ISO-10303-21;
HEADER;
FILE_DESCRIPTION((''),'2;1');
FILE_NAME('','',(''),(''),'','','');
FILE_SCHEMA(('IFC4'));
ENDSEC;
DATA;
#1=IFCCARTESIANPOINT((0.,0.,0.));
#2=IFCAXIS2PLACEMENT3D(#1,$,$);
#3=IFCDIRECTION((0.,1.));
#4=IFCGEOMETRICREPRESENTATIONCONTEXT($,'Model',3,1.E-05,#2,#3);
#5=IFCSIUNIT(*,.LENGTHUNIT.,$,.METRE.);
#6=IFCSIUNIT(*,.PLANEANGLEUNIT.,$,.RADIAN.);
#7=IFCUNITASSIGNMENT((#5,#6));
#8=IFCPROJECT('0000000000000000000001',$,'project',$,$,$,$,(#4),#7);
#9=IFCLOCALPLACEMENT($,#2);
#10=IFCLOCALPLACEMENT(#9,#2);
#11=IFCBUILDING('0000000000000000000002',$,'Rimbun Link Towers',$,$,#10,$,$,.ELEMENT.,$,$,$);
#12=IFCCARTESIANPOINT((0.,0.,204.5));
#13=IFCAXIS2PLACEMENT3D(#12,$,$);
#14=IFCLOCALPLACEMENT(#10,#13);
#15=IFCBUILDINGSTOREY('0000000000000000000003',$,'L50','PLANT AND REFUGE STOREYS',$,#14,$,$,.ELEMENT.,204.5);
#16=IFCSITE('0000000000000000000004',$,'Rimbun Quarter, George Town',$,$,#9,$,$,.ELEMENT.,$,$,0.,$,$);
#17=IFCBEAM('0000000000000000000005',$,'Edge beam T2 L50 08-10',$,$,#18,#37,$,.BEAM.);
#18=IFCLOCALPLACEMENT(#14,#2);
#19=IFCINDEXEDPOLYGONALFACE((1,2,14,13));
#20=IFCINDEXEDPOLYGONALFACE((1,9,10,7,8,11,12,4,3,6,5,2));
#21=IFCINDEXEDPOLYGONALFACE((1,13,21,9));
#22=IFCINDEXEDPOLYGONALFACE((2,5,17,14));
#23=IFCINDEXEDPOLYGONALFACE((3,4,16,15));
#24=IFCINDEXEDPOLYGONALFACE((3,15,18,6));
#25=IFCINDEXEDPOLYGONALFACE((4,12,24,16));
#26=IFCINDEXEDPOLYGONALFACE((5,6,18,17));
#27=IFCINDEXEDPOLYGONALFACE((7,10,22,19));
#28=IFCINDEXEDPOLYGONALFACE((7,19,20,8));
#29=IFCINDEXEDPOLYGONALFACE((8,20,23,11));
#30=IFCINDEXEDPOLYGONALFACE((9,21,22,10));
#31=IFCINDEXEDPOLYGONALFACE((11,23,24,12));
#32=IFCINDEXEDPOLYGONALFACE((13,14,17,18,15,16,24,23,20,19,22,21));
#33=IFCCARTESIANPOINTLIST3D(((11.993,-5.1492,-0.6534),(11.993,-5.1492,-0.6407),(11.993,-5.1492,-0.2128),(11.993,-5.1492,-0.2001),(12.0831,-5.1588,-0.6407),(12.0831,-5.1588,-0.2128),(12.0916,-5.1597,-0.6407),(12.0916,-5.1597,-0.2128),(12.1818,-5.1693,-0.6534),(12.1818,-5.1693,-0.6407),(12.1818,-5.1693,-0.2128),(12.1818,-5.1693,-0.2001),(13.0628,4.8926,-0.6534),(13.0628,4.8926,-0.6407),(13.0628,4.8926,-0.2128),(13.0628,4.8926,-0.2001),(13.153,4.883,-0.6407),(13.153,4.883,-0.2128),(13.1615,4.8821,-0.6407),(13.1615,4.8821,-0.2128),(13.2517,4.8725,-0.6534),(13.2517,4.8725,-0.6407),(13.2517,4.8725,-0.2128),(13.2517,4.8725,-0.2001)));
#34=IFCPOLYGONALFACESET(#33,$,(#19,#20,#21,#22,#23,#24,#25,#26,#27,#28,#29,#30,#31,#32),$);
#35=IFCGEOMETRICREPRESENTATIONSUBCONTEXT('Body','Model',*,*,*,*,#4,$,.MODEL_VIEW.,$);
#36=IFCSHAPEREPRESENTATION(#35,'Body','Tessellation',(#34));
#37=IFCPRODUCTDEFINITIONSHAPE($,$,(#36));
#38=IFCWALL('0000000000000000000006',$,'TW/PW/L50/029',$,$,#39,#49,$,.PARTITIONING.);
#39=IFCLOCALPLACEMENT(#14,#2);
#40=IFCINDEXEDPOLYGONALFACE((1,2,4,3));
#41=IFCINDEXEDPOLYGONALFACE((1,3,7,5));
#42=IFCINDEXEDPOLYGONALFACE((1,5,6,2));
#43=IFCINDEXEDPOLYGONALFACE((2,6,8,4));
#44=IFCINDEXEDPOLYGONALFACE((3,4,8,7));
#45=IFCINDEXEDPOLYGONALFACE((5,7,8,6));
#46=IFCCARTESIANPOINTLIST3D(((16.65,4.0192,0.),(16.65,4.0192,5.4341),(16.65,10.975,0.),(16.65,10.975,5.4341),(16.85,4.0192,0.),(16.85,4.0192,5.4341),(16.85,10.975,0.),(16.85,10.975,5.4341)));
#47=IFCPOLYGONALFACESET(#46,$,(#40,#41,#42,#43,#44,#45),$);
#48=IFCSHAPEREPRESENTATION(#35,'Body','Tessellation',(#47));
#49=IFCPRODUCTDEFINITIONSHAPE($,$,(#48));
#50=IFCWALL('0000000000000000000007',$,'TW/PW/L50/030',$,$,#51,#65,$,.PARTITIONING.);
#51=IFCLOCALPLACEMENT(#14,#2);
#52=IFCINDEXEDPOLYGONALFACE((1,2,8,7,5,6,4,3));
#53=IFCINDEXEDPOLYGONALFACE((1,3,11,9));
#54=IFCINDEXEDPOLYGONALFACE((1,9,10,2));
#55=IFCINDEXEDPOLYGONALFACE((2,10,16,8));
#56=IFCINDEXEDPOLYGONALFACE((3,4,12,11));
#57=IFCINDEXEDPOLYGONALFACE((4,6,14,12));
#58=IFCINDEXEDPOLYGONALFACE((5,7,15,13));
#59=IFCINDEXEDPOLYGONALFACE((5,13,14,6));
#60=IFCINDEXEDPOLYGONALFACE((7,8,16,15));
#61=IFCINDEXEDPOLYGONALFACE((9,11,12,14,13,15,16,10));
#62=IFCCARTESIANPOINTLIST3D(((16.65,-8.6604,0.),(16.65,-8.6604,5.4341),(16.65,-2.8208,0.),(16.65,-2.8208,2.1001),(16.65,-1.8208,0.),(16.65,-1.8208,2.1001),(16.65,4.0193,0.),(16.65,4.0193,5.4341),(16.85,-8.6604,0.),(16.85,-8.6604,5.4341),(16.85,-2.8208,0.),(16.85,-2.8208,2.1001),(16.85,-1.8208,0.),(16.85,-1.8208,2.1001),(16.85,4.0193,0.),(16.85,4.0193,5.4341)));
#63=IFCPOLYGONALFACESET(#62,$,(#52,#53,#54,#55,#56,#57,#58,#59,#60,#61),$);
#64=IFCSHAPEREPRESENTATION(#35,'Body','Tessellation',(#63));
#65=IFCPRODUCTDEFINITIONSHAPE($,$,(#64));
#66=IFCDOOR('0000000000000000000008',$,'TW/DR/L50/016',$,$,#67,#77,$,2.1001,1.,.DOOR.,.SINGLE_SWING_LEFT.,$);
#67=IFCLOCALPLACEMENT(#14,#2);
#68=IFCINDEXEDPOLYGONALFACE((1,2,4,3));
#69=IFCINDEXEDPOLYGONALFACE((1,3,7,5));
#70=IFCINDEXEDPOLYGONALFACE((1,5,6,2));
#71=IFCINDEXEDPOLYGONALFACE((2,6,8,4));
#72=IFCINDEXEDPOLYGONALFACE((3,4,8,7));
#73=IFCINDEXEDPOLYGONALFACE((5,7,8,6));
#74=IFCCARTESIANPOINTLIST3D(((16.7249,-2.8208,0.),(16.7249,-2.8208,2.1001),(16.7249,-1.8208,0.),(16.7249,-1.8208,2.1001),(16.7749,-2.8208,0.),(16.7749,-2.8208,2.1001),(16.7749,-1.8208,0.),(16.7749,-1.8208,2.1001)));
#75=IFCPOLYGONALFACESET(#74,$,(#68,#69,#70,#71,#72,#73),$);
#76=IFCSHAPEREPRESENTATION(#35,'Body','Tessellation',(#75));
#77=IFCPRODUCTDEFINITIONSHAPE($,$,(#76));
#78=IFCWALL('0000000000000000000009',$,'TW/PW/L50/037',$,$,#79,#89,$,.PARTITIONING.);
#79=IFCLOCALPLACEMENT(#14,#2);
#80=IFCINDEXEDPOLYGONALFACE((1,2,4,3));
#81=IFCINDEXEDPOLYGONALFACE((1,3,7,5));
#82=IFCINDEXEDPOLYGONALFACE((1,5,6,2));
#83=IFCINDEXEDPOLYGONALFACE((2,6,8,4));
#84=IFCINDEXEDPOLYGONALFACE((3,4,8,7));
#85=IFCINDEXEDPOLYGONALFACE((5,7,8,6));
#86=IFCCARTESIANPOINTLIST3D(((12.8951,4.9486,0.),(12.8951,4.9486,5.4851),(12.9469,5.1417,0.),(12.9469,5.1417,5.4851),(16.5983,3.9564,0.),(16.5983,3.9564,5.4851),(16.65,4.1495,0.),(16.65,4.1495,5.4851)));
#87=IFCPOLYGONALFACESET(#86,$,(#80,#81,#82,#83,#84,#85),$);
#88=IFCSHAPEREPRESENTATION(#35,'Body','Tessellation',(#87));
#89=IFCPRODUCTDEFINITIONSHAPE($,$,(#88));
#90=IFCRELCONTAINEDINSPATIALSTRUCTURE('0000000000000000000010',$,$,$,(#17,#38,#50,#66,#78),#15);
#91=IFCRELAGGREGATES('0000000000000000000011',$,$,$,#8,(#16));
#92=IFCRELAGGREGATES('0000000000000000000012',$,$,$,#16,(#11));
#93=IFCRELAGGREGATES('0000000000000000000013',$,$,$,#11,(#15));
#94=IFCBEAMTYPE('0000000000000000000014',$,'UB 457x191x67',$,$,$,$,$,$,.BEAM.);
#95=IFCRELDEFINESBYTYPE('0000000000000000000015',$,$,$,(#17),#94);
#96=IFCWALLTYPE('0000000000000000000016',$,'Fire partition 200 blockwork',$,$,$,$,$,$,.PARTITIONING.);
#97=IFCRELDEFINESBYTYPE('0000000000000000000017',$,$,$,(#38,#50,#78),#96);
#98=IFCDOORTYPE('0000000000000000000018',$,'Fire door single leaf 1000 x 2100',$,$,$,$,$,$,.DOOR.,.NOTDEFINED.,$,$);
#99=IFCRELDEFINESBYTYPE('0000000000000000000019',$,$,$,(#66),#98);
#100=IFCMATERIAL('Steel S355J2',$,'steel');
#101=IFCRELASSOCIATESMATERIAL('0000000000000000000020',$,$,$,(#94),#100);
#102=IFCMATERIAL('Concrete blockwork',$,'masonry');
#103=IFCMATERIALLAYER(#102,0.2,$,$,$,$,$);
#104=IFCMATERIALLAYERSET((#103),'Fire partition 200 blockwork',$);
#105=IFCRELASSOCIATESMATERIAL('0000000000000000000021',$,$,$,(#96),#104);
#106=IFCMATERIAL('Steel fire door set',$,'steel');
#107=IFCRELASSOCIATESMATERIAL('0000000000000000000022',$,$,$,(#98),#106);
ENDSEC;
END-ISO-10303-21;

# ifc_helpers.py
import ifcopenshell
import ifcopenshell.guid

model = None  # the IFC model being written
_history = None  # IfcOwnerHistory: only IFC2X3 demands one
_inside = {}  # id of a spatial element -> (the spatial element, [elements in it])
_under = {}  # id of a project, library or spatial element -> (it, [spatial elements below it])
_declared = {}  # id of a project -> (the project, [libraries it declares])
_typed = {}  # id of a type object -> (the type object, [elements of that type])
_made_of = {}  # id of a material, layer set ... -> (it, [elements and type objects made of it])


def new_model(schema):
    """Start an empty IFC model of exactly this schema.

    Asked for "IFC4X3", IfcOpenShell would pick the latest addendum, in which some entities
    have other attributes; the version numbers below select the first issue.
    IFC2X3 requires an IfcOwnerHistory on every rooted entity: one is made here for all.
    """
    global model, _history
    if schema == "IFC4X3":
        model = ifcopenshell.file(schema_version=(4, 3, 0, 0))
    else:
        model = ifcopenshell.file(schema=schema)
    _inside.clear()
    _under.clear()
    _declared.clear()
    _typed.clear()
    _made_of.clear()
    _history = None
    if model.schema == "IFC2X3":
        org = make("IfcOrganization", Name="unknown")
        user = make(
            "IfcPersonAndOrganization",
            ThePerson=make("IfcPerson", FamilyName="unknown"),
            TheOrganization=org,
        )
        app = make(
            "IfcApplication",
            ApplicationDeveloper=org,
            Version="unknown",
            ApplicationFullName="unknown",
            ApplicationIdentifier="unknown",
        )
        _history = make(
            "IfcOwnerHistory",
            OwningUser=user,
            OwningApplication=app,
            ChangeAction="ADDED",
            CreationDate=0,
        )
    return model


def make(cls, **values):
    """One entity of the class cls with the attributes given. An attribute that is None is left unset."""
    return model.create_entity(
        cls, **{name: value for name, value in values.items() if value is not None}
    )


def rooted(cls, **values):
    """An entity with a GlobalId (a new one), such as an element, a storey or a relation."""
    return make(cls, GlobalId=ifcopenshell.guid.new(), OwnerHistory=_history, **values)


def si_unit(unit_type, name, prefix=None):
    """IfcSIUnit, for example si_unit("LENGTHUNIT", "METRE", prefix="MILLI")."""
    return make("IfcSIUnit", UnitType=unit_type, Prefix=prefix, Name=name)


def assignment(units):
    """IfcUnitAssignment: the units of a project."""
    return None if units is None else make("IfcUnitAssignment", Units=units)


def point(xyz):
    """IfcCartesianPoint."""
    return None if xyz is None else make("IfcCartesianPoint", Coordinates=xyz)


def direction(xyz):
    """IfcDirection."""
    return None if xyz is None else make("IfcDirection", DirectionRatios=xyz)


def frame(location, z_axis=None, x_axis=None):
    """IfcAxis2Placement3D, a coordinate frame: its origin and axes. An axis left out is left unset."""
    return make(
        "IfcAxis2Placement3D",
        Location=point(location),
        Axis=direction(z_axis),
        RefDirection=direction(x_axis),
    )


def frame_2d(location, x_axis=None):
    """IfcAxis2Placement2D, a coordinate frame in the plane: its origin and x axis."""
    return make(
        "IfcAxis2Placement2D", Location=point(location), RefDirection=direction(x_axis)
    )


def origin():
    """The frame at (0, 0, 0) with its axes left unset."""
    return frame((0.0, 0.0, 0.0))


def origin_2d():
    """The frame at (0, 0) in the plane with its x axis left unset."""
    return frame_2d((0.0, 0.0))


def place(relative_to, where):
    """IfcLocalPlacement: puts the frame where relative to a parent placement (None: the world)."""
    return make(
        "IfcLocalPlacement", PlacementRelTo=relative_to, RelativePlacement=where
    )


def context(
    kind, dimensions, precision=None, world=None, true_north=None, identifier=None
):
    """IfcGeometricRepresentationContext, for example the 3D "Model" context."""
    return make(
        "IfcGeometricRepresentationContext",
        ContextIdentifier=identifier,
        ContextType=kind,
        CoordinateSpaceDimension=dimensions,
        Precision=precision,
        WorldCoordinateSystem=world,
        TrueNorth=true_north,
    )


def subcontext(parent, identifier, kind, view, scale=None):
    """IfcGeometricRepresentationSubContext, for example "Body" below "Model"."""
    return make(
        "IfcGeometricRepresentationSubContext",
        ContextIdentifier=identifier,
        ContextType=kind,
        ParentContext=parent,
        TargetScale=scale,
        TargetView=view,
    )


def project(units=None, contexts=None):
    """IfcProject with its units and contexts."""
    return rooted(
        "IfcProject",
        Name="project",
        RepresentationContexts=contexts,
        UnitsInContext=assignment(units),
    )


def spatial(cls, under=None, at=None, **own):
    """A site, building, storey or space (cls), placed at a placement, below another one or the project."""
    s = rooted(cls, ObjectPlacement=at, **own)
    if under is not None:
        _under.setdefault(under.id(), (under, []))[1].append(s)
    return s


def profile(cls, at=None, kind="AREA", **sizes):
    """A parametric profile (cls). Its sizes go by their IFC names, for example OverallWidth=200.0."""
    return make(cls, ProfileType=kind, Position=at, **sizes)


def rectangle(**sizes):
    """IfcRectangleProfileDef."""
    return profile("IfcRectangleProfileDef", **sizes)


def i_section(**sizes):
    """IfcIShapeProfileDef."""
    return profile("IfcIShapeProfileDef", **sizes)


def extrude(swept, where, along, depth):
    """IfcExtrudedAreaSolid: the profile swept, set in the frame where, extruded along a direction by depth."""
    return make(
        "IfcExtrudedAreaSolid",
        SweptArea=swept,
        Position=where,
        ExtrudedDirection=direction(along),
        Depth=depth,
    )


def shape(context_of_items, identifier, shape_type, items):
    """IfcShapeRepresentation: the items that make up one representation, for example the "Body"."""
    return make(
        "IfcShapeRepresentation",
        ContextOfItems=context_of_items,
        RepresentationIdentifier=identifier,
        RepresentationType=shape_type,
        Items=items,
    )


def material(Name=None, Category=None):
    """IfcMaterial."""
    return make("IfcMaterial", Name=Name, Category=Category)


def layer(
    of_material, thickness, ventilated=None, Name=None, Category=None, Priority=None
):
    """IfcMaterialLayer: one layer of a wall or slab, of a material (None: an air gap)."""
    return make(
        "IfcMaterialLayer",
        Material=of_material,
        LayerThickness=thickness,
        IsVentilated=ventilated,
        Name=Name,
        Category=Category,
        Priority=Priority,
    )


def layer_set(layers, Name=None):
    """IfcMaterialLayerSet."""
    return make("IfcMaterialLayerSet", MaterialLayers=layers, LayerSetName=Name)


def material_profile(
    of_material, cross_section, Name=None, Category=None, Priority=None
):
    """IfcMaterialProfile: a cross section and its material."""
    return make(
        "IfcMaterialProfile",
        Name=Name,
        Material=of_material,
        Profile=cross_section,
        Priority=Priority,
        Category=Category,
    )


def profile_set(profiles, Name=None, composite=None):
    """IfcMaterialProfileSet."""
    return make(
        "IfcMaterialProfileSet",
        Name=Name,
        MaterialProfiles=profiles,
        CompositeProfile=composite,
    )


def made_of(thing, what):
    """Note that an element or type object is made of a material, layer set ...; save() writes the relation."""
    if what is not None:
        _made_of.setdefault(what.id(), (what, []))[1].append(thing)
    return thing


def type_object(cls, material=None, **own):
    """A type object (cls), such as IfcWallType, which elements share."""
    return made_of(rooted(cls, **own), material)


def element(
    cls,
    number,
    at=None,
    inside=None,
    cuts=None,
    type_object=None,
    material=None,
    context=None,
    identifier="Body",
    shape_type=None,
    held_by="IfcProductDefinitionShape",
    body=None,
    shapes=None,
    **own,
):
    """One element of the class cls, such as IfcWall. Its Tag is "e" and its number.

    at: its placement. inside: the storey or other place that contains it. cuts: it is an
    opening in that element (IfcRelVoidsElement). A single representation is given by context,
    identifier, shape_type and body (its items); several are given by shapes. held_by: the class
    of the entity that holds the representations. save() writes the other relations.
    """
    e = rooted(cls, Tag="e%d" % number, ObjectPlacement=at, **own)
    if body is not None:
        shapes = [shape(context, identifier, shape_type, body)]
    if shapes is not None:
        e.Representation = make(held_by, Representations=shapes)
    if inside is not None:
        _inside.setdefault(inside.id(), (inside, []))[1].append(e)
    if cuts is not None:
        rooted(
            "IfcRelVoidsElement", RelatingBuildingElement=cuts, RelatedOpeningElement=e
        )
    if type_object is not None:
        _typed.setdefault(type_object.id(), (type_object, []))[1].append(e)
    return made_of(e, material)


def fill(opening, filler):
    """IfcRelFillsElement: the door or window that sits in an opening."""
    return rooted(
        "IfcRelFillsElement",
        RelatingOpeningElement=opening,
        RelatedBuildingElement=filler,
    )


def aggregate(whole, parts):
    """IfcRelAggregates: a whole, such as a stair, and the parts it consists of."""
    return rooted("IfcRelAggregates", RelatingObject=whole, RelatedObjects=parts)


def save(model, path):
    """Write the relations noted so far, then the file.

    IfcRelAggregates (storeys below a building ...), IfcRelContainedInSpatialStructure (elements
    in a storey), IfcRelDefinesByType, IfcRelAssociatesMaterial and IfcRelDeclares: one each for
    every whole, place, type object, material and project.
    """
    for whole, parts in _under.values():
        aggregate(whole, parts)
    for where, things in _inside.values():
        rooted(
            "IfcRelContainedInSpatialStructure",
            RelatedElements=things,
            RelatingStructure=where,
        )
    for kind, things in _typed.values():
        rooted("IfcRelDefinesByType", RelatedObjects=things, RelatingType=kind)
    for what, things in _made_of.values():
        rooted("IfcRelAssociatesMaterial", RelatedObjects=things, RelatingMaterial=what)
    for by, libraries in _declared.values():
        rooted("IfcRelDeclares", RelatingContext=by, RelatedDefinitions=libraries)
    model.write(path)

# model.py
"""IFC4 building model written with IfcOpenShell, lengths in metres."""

from ifc_helpers import new_model, si_unit, direction, frame, frame_2d, origin, origin_2d, place, context, subcontext, project, spatial, rectangle, i_section, extrude, material, layer, layer_set, material_profile, profile_set, type_object, element, fill, save


model = new_model("IFC4")

# Units and contexts
model_context = context("Model", 3, precision=1e-05, world=origin(), true_north=direction((0.0, 1.0)))
body_context = subcontext(model_context, "Body", "Model", "MODEL_VIEW")
ifc_project = project(units=[si_unit("LENGTHUNIT", "METRE"), si_unit("PLANEANGLEUNIT", "RADIAN")], contexts=[model_context])

# Site, building, storey
site_placement = place(None, origin())
site = spatial("IfcSite", under=ifc_project, at=site_placement, Name="Rimbun Quarter, George Town", CompositionType="ELEMENT", RefElevation=0.0)
building_placement = place(site_placement, origin())
building = spatial("IfcBuilding", under=site, at=building_placement, Name="Rimbun Link Towers", CompositionType="ELEMENT")
storey_placement = place(building_placement, frame((0.0, 0.0, 204.5)))
storey = spatial("IfcBuildingStorey", under=building, at=storey_placement, Name="L50", Description="PLANT AND REFUGE STOREYS", CompositionType="ELEMENT", Elevation=204.5)

# Beam
ifc_material_1 = material(Name="Steel S355J2", Category="steel")
ifc_material_profile_1 = material_profile(ifc_material_1, i_section(OverallWidth=0.1899, OverallDepth=0.4534, WebThickness=0.0085, FlangeThickness=0.0127, at=origin_2d()), Name="UB 457x191x67")
ifc_profile_set_1 = profile_set([ifc_material_profile_1], Name="Steel S355J2")
beam_type_1 = type_object("IfcBeamType", Name="UB 457x191x67", PredefinedType="BEAM", material=ifc_profile_set_1)
beam_1_placement = place(storey_placement, frame((13.1572, 4.8826, -0.4268), z_axis=(-0.105938, -0.994373, 0.0), x_axis=(0.994373, -0.105938, 0.0)))
element("IfcBeam", 1, at=beam_1_placement, inside=storey, type_object=beam_type_1, Name="Edge beam T2 L50 08-10", PredefinedType="BEAM", context=body_context, shape_type="SweptSolid", body=[
    extrude(i_section(OverallWidth=0.1899, OverallDepth=0.4534, WebThickness=0.0085, FlangeThickness=0.0127, at=origin_2d()), origin(), (0.0, 0.0, 1.0), 10.0986),
])

# Wall
ifc_material_2 = material(Name="Concrete blockwork", Category="masonry")
ifc_layer = layer(ifc_material_2, 0.2)
ifc_layer_set = layer_set([ifc_layer], Name="Fire partition 200 blockwork")
wall_type = type_object("IfcWallType", Name="Fire partition 200 blockwork", PredefinedType="PARTITIONING", material=ifc_layer_set)
wall_1_placement = place(storey_placement, frame((16.75, 10.9751, 0.0), z_axis=(0.0, 0.0, 1.0), x_axis=(0.0, -1.0, 0.0)))
element("IfcWall", 2, at=wall_1_placement, inside=storey, type_object=wall_type, Name="TW/PW/L50/029", PredefinedType="PARTITIONING", context=body_context, shape_type="SweptSolid", body=[
    extrude(rectangle(XDim=6.9558, YDim=0.2, at=frame_2d((3.478, 0.0))), origin(), (0.0, 0.0, 1.0), 5.4341),
])

# Wall, opening, door
wall_2_placement = place(storey_placement, frame((16.75, 4.0193, 0.0), z_axis=(0.0, 0.0, 1.0), x_axis=(0.0, -1.0, 0.0)))
wall_2 = element("IfcWall", 3, at=wall_2_placement, inside=storey, type_object=wall_type, Name="TW/PW/L50/030", PredefinedType="PARTITIONING", context=body_context, shape_type="SweptSolid", body=[
    extrude(rectangle(XDim=12.6797, YDim=0.2, at=frame_2d((6.3398, 0.0))), origin(), (0.0, 0.0, 1.0), 5.4341),
])
opening_placement = place(wall_2_placement, frame((5.8401, 0.0, 0.0)))
opening = element("IfcOpeningElement", 4, at=opening_placement, cuts=wall_2, PredefinedType="OPENING", context=body_context, shape_type="SweptSolid", body=[
    extrude(rectangle(XDim=1.0, YDim=2.1001, at=frame_2d((0.5, 1.05))), frame((0.0, 0.1099, 0.0), z_axis=(0.0, -1.0, 0.0), x_axis=(1.0, 0.0, 0.0)), (0.0, 0.0, 1.0), 0.22),
])
ifc_material_3 = material(Name="Steel fire door set", Category="steel")
door_type = type_object("IfcDoorType", Name="Fire door single leaf 1000 x 2100", OperationType="NOTDEFINED", PredefinedType="DOOR", material=ifc_material_3)
door_placement = place(opening_placement, origin())
door = element("IfcDoor", 5, at=door_placement, inside=storey, type_object=door_type, Name="TW/DR/L50/016", OperationType="SINGLE_SWING_LEFT", OverallHeight=2.1001, OverallWidth=1.0, PredefinedType="DOOR", context=body_context, shape_type="SweptSolid", body=[
    extrude(rectangle(XDim=1.0, YDim=2.1001, at=frame_2d((0.5, 1.05))), frame((0.0, 0.0249, 0.0), z_axis=(0.0, -1.0, 0.0), x_axis=(1.0, 0.0, 0.0)), (0.0, 0.0, 1.0), 0.05),
])
fill(opening, door)

# Wall
wall_3_placement = place(storey_placement, frame((12.9209, 5.0452, 0.0), z_axis=(0.0, 0.0, 1.0), x_axis=(0.96593, -0.258804, 0.0)))
element("IfcWall", 6, at=wall_3_placement, inside=storey, type_object=wall_type, Name="TW/PW/L50/037", PredefinedType="PARTITIONING", context=body_context, shape_type="SweptSolid", body=[
    extrude(rectangle(XDim=3.8337, YDim=0.2, at=frame_2d((1.917, 0.0))), origin(), (0.0, 0.0, 1.0), 5.4851),
])

save(model, "model.ifc")
